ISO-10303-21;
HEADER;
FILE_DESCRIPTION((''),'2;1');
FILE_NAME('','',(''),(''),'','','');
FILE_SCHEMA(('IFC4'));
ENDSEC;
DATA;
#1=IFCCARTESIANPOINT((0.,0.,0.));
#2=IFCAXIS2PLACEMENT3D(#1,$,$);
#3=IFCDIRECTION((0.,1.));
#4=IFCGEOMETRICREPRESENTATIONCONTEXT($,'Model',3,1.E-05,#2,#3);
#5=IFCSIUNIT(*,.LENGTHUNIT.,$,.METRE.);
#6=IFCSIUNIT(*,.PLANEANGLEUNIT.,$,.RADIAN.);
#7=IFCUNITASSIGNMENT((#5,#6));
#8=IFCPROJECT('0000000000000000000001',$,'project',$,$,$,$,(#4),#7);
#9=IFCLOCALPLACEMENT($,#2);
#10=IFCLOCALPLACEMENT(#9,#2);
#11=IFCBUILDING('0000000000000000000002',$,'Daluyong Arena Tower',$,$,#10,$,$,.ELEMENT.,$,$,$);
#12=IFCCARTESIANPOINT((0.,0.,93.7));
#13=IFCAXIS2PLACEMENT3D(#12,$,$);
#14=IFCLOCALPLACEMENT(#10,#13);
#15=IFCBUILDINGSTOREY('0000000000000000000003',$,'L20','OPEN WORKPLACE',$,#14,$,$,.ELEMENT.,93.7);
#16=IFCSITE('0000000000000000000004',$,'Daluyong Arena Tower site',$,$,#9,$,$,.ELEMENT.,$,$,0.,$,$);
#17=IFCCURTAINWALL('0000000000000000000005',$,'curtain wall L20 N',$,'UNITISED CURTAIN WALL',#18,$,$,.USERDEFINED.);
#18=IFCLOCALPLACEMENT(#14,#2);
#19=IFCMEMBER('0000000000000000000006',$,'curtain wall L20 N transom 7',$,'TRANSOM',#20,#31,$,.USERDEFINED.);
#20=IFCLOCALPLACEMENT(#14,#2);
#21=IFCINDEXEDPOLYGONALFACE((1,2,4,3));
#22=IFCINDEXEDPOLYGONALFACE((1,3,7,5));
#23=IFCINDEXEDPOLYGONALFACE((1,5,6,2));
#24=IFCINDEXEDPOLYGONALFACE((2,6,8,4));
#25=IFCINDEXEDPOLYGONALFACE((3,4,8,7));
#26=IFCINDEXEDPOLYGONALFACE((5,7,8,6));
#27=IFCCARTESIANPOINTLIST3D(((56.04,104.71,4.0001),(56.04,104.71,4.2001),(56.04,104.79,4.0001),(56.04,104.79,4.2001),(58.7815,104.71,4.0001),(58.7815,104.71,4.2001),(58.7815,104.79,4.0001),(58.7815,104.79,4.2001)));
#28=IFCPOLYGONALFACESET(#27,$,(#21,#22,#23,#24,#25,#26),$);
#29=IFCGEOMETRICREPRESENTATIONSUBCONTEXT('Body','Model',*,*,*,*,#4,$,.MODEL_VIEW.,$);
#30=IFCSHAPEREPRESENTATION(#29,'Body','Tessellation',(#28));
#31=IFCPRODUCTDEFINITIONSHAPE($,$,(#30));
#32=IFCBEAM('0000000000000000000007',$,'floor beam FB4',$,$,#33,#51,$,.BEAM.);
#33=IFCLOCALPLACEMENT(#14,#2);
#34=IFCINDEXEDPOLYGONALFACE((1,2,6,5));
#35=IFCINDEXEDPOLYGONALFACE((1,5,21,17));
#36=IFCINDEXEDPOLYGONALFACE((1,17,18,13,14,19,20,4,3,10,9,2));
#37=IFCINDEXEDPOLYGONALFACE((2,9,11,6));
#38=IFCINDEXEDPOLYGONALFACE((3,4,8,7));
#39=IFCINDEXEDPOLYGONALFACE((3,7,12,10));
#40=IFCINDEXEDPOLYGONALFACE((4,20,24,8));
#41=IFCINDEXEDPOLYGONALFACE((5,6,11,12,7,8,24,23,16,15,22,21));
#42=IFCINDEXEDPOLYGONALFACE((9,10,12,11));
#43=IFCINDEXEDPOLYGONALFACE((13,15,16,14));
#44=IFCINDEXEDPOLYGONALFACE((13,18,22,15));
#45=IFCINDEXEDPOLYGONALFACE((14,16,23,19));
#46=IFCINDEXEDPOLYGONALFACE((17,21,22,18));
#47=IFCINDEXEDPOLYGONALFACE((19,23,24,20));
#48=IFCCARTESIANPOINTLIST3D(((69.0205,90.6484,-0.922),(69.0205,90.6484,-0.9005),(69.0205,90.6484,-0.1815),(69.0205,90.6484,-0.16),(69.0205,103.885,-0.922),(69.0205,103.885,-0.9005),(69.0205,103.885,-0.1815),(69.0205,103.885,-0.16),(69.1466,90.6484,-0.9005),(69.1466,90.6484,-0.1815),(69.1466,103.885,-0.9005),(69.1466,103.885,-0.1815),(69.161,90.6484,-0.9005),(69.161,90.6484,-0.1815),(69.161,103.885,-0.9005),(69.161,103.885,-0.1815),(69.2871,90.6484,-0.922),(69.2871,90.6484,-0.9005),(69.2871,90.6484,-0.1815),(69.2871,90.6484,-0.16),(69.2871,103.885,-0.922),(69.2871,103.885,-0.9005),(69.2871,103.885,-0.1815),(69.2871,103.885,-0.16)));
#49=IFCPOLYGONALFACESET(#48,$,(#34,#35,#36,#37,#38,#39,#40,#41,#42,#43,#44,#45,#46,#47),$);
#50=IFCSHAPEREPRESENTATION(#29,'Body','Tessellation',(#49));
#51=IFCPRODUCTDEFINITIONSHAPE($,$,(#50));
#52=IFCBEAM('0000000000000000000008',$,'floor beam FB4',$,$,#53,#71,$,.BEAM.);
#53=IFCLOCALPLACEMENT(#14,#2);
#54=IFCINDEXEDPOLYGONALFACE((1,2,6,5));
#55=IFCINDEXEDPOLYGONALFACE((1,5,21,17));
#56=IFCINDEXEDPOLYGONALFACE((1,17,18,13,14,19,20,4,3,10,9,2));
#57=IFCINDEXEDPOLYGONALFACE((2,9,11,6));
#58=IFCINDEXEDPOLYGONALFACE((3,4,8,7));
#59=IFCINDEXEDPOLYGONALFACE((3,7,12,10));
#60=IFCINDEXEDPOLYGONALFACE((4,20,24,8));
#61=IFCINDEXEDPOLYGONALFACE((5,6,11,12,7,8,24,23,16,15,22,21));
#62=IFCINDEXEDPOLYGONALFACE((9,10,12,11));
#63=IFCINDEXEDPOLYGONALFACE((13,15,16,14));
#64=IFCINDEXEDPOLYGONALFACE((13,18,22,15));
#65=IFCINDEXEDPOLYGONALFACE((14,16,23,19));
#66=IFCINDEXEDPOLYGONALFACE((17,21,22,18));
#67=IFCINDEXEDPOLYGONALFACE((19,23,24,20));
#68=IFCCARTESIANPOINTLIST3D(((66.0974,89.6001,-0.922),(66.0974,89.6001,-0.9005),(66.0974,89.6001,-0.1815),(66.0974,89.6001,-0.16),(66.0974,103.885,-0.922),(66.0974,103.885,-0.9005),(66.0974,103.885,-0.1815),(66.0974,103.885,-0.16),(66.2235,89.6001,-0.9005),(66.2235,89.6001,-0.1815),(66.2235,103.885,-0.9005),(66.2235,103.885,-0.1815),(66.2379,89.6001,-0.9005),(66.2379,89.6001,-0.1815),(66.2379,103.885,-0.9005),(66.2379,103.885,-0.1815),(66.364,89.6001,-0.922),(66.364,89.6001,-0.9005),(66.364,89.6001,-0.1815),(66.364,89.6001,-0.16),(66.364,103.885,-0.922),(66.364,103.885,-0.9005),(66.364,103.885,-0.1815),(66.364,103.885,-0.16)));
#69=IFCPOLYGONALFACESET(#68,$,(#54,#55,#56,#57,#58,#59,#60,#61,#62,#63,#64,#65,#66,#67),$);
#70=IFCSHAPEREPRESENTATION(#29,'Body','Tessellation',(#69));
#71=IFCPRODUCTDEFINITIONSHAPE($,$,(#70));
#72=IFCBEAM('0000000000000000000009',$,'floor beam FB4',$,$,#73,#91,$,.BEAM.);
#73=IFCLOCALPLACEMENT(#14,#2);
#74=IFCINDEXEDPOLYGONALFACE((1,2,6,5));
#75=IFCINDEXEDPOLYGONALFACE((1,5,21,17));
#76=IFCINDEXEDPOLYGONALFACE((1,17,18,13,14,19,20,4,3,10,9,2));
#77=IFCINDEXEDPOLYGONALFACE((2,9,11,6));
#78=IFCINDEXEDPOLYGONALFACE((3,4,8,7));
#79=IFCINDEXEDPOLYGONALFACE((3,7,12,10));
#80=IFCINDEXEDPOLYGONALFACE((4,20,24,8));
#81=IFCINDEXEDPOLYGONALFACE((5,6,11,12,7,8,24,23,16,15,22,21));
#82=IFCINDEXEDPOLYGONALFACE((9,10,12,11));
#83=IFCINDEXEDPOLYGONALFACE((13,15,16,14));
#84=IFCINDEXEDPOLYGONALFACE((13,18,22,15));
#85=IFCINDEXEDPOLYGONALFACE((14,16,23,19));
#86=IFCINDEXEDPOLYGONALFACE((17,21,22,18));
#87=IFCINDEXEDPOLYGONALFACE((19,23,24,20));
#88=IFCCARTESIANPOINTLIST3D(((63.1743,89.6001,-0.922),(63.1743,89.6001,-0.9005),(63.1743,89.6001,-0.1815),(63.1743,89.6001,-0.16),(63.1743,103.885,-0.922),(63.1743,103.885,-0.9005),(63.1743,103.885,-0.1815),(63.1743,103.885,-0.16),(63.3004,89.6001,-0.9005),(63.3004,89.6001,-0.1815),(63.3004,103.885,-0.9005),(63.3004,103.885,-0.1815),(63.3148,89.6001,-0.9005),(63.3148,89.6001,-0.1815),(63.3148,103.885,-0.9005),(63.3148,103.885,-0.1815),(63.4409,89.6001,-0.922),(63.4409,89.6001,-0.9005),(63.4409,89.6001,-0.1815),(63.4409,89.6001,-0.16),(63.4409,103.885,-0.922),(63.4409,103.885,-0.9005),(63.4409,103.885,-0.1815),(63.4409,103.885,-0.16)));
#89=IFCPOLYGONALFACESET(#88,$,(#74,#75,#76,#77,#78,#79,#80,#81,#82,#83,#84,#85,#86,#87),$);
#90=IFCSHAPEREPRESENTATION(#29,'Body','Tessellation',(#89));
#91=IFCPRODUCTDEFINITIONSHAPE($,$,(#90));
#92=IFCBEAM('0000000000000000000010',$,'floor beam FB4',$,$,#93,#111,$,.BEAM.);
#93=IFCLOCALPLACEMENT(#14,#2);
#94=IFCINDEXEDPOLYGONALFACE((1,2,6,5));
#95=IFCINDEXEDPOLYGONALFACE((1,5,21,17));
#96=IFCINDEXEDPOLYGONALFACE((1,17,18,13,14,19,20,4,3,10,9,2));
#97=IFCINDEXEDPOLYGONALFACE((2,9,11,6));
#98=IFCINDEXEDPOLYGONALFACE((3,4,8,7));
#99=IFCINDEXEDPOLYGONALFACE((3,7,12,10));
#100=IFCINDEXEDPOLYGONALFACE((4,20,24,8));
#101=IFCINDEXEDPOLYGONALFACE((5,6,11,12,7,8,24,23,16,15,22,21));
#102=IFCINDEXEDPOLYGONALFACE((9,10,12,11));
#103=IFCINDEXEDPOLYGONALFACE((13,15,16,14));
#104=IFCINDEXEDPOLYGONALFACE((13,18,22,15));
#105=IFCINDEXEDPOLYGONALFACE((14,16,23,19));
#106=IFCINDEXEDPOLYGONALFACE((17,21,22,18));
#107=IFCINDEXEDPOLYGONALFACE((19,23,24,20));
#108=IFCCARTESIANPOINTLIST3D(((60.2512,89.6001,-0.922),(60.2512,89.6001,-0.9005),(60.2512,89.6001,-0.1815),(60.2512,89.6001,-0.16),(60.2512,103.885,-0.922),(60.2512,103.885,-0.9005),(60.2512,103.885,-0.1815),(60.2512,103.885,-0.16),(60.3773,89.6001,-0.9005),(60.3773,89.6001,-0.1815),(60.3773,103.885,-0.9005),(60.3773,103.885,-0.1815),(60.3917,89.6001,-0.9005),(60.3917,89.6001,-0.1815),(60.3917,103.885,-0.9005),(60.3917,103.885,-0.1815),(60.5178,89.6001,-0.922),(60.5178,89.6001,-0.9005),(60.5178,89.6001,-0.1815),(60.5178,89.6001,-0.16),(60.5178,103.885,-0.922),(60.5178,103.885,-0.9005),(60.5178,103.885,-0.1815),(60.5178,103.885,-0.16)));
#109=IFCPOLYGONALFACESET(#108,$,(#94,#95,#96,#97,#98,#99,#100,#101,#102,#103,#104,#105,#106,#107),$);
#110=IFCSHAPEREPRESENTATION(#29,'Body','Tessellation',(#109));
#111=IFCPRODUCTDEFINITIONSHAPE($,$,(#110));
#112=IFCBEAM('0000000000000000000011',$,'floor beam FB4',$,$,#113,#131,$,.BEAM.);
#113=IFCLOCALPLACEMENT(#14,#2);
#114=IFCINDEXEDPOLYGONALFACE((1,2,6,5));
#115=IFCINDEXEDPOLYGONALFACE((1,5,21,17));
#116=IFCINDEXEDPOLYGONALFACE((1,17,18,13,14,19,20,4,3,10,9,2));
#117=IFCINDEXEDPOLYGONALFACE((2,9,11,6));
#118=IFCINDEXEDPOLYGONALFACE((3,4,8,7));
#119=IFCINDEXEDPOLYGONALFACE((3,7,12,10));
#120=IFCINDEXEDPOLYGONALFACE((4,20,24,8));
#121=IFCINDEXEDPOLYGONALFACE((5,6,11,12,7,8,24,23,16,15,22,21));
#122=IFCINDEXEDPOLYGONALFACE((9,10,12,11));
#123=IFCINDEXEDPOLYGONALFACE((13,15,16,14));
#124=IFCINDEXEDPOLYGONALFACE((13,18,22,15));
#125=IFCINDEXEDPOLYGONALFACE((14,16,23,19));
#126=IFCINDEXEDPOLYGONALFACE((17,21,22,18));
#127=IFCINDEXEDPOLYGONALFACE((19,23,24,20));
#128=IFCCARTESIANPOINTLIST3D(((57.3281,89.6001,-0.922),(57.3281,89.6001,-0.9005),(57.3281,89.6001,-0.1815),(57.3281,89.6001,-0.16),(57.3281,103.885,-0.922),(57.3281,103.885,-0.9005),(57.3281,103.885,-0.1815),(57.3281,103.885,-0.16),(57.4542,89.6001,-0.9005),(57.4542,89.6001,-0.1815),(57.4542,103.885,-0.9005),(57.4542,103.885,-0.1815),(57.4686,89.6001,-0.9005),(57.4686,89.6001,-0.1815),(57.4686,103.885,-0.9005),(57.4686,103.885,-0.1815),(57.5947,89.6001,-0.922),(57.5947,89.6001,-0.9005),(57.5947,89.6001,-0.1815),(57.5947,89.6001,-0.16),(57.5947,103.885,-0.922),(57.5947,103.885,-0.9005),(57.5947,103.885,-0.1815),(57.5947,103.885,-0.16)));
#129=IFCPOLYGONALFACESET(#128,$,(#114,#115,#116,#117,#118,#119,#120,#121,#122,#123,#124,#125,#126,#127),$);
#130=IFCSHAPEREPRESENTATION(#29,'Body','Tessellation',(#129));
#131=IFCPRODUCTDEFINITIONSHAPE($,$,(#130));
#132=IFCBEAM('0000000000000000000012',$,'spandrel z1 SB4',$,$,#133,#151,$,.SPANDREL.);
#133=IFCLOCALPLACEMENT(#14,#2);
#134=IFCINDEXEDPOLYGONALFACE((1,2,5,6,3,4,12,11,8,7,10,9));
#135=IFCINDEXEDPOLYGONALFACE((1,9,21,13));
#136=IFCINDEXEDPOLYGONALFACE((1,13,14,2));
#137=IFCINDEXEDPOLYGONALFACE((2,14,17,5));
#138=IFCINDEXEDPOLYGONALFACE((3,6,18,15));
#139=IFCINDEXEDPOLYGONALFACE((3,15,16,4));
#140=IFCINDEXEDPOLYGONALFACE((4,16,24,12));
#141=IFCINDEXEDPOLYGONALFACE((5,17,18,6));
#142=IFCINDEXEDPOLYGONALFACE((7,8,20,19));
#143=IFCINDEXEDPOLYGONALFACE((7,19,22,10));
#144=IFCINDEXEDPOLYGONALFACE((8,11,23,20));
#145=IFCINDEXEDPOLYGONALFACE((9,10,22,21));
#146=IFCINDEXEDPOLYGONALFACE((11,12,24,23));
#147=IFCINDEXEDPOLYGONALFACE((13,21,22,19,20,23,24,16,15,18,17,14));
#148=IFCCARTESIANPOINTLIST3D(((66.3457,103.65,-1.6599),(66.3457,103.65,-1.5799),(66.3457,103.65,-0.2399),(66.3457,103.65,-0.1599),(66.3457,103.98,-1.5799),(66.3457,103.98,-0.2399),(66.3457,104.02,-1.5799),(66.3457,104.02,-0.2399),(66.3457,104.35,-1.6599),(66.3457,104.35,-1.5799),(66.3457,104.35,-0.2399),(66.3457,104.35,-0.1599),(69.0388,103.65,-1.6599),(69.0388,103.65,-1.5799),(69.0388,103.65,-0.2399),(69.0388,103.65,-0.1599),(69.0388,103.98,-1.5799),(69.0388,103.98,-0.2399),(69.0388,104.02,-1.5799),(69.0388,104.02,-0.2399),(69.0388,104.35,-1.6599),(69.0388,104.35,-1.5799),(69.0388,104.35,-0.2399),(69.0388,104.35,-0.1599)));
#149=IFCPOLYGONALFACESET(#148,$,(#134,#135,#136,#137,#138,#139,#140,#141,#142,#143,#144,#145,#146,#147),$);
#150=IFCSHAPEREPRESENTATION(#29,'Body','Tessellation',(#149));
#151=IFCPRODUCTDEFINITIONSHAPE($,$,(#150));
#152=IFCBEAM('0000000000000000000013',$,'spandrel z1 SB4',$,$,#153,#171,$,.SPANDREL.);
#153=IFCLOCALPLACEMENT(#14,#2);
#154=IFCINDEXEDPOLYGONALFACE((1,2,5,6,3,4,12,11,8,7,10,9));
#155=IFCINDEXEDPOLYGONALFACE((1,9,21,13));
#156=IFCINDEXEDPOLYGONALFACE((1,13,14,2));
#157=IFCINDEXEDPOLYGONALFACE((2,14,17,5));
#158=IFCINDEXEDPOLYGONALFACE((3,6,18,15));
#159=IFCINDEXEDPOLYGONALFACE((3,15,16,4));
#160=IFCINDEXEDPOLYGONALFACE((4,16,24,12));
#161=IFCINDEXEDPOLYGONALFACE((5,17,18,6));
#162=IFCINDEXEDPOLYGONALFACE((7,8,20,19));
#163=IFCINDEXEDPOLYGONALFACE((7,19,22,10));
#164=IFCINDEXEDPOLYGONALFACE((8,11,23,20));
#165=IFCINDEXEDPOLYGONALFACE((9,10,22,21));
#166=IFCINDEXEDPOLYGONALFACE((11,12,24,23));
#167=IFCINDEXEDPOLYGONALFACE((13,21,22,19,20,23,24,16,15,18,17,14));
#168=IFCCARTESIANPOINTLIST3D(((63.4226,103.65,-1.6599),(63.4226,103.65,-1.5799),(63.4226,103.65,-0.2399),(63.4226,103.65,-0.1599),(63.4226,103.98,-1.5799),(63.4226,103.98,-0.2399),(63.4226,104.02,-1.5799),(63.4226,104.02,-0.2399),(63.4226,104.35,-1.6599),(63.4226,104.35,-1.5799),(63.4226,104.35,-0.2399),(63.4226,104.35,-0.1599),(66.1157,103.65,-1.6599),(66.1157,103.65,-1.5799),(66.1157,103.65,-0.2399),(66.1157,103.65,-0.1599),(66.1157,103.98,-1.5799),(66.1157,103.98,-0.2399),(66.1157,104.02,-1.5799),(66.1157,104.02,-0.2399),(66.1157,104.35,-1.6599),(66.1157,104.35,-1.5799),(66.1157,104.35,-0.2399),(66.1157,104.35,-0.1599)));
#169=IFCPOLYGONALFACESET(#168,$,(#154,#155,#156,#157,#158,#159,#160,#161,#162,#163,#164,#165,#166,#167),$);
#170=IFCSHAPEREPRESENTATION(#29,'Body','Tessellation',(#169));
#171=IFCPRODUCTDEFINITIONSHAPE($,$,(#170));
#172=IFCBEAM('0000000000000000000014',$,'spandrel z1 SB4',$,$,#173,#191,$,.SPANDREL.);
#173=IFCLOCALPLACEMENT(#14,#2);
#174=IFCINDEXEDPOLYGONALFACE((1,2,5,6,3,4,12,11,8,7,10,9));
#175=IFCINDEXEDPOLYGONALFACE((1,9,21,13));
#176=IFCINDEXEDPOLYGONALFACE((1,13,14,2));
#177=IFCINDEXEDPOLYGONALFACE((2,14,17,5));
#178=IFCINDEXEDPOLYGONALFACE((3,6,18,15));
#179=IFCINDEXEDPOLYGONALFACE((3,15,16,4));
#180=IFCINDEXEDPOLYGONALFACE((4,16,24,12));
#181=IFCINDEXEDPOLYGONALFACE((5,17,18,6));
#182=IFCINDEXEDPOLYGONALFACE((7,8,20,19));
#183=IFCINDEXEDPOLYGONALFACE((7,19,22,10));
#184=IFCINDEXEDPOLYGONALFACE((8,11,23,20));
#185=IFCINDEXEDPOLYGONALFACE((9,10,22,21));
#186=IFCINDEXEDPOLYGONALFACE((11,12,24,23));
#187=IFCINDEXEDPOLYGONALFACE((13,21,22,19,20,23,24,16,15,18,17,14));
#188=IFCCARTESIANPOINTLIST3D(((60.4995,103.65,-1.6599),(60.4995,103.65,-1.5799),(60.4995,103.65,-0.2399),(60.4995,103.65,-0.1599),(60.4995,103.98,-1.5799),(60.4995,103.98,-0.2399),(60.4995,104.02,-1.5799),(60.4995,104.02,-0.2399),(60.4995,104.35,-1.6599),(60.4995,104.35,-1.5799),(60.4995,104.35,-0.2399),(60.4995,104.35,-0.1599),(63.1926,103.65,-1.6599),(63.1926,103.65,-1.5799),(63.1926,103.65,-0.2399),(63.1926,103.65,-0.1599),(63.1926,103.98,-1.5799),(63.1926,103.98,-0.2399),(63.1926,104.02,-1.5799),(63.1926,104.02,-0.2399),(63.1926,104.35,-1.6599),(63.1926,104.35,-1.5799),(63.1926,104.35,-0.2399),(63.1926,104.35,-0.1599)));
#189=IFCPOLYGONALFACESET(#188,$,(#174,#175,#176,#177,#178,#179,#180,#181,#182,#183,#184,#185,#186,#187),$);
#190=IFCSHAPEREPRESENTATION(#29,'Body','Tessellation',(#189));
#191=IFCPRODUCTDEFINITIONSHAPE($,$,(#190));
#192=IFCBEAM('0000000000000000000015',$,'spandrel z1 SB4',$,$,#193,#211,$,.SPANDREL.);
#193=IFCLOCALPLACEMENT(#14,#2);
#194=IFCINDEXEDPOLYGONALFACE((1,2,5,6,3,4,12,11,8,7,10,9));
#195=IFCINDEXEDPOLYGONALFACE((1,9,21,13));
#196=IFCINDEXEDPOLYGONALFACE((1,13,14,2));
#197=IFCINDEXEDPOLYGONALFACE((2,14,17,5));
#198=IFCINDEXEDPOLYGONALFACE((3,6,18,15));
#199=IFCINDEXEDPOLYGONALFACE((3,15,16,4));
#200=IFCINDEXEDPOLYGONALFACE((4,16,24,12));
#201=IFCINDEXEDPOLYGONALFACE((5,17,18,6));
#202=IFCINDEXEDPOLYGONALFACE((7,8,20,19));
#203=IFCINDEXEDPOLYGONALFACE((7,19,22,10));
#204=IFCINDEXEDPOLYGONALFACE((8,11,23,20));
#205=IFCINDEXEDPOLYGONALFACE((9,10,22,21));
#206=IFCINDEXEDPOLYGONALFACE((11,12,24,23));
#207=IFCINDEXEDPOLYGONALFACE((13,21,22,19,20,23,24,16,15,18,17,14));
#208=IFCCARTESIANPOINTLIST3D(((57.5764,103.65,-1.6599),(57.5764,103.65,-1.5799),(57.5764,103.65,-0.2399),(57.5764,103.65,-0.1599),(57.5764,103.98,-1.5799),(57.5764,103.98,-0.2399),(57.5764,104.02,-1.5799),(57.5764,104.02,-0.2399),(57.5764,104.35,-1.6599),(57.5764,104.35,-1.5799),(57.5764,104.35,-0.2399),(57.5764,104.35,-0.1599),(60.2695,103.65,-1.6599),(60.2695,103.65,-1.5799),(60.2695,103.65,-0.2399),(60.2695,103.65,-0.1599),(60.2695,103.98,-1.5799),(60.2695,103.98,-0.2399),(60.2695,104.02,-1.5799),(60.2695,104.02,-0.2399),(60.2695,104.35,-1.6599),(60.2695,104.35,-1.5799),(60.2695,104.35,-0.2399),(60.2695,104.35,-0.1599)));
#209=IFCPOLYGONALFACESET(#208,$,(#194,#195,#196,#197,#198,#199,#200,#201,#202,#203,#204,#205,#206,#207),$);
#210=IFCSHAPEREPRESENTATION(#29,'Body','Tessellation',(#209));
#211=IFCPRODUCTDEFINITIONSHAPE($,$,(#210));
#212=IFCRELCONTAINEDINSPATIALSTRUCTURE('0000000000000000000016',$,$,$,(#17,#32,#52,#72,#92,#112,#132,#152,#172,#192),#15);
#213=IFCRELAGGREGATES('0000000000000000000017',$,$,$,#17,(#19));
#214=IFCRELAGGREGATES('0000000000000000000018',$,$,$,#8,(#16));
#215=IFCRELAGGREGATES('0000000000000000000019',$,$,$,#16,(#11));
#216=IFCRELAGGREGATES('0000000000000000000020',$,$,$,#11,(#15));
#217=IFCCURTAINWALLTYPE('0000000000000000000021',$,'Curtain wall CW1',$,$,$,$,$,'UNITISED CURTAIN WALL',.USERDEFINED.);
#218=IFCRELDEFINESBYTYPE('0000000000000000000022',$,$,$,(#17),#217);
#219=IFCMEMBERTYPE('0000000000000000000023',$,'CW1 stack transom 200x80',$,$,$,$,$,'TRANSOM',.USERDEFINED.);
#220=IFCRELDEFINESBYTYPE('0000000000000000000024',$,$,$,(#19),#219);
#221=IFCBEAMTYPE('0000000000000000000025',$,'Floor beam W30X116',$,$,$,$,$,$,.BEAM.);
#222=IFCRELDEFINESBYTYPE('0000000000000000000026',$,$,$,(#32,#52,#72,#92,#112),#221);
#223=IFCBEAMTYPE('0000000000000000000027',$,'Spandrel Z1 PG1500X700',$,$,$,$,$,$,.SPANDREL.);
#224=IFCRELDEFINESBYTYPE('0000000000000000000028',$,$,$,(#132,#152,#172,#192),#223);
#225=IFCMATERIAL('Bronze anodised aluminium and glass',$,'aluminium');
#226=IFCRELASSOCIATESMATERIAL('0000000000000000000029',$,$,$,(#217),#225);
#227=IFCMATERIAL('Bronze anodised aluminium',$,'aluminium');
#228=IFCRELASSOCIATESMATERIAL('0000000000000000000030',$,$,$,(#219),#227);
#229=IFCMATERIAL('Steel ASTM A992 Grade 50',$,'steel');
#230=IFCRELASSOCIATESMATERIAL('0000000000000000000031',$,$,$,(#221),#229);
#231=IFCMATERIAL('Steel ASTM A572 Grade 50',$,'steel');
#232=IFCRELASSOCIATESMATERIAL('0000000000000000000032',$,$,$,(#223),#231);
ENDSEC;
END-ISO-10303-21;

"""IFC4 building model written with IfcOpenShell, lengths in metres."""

from ifc_helpers import new_model, si_unit, direction, frame, origin, origin_2d, place, context, subcontext, project, spatial, rectangle, i_section, extrude, material, material_profile, profile_set, type_object, element, aggregate, save


model = new_model("IFC4")

# Units and contexts
model_context = context("Model", 3, precision=1e-05, world=origin(), true_north=direction((0.0, 1.0)))
body_context = subcontext(model_context, "Body", "Model", "MODEL_VIEW")
ifc_project = project(units=[si_unit("LENGTHUNIT", "METRE"), si_unit("PLANEANGLEUNIT", "RADIAN")], contexts=[model_context])

# Site, building, storey
site_placement = place(None, origin())
site = spatial("IfcSite", under=ifc_project, at=site_placement, Name="Daluyong Arena Tower site", CompositionType="ELEMENT", RefElevation=0.0)
building_placement = place(site_placement, origin())
building = spatial("IfcBuilding", under=site, at=building_placement, Name="Daluyong Arena Tower", CompositionType="ELEMENT")
storey_placement = place(building_placement, frame((0.0, 0.0, 93.7)))
storey = spatial("IfcBuildingStorey", under=building, at=storey_placement, Name="L20", Description="OPEN WORKPLACE", CompositionType="ELEMENT", Elevation=93.7)

# Curtain wall, member
ifc_material_1 = material(Name="Bronze anodised aluminium and glass", Category="aluminium")
curtain_wall_type = type_object("IfcCurtainWallType", Name="Curtain wall CW1", ElementType="UNITISED CURTAIN WALL", PredefinedType="USERDEFINED", material=ifc_material_1)
curtain_wall_placement = place(storey_placement, origin())
curtain_wall = element("IfcCurtainWall", 1, at=curtain_wall_placement, inside=storey, type_object=curtain_wall_type, Name="curtain wall L20 N", ObjectType="UNITISED CURTAIN WALL", PredefinedType="USERDEFINED")
ifc_material_2 = material(Name="Bronze anodised aluminium", Category="aluminium")
ifc_material_profile_1 = material_profile(ifc_material_2, rectangle(XDim=0.0801, YDim=0.2, at=origin_2d()))
ifc_profile_set_1 = profile_set([ifc_material_profile_1], Name="Bronze anodised aluminium")
member_type_1 = type_object("IfcMemberType", Name="CW1 stack transom 200x80", ElementType="TRANSOM", PredefinedType="USERDEFINED", material=ifc_profile_set_1)
member_1_placement = place(storey_placement, frame((58.7815, 104.75, 4.1001), z_axis=(-1.0, 0.0, 0.0), x_axis=(0.0, -1.0, 0.0)))
member_1 = element("IfcMember", 2, at=member_1_placement, type_object=member_type_1, Name="curtain wall L20 N transom 7", ObjectType="TRANSOM", PredefinedType="USERDEFINED", context=body_context, shape_type="SweptSolid", body=[
    extrude(rectangle(XDim=0.0801, YDim=0.2, at=origin_2d()), origin(), (0.0, 0.0, 1.0), 2.7415),
])

# Beams
ifc_material_3 = material(Name="Steel ASTM A992 Grade 50", Category="steel")
ifc_material_profile_2 = material_profile(ifc_material_3, i_section(OverallWidth=0.2666, OverallDepth=0.762, WebThickness=0.0144, FlangeThickness=0.0215, at=origin_2d()))
ifc_profile_set_2 = profile_set([ifc_material_profile_2], Name="Steel ASTM A992 Grade 50")
beam_type_1 = type_object("IfcBeamType", Name="Floor beam W30X116", PredefinedType="BEAM", material=ifc_profile_set_2)
beam_1_placement = place(storey_placement, frame((69.1538, 103.885, -0.541), z_axis=(0.0, -1.0, 0.0), x_axis=(1.0, 0.0, 0.0)))
element("IfcBeam", 3, at=beam_1_placement, inside=storey, type_object=beam_type_1, Name="floor beam FB4", PredefinedType="BEAM", context=body_context, shape_type="SweptSolid", body=[
    extrude(i_section(OverallWidth=0.2666, OverallDepth=0.762, WebThickness=0.0144, FlangeThickness=0.0215, at=origin_2d()), origin(), (0.0, 0.0, 1.0), 13.2366),
])
for number, where, z_axis, x_axis, name in (
    (4, (66.2307, 103.885, -0.541), (0.0, -1.0, 0.0), (1.0, 0.0, 0.0), "floor beam FB4"),
    (5, (63.3076, 103.885, -0.541), (0.0, -1.0, 0.0), (1.0, 0.0, 0.0), "floor beam FB4"),
    (6, (60.3845, 103.885, -0.541), (0.0, -1.0, 0.0), (1.0, 0.0, 0.0), "floor beam FB4"),
    (7, (57.4614, 103.885, -0.541), (0.0, -1.0, 0.0), (1.0, 0.0, 0.0), "floor beam FB4"),
):
    element("IfcBeam", number, at=place(storey_placement, frame(where, z_axis=z_axis, x_axis=x_axis)), inside=storey, type_object=beam_type_1, Name=name, PredefinedType="BEAM", context=body_context, shape_type="SweptSolid", body=[
        extrude(i_section(OverallWidth=0.2666, OverallDepth=0.762, WebThickness=0.0144, FlangeThickness=0.0215, at=origin_2d()), origin(), (0.0, 0.0, 1.0), 14.2849),
    ])
ifc_material_4 = material(Name="Steel ASTM A572 Grade 50", Category="steel")
ifc_material_profile_3 = material_profile(ifc_material_4, i_section(OverallWidth=0.7, OverallDepth=1.5, WebThickness=0.04, FlangeThickness=0.08, at=origin_2d()))
ifc_profile_set_3 = profile_set([ifc_material_profile_3], Name="Steel ASTM A572 Grade 50")
beam_type_2 = type_object("IfcBeamType", Name="Spandrel Z1 PG1500X700", PredefinedType="SPANDREL", material=ifc_profile_set_3)
for number, where, z_axis, x_axis, name in (
    (8, (69.0388, 104.0, -0.9099), (-1.0, 0.0, 0.0), (0.0, -1.0, 0.0), "spandrel z1 SB4"),
    (9, (66.1157, 104.0, -0.9099), (-1.0, 0.0, 0.0), (0.0, -1.0, 0.0), "spandrel z1 SB4"),
    (10, (63.1926, 104.0, -0.9099), (-1.0, 0.0, 0.0), (0.0, -1.0, 0.0), "spandrel z1 SB4"),
    (11, (60.2695, 104.0, -0.9099), (-1.0, 0.0, 0.0), (0.0, -1.0, 0.0), "spandrel z1 SB4"),
):
    element("IfcBeam", number, at=place(storey_placement, frame(where, z_axis=z_axis, x_axis=x_axis)), inside=storey, type_object=beam_type_2, Name=name, PredefinedType="SPANDREL", context=body_context, shape_type="SweptSolid", body=[
        extrude(i_section(OverallWidth=0.7, OverallDepth=1.5, WebThickness=0.04, FlangeThickness=0.08, at=origin_2d()), origin(), (0.0, 0.0, 1.0), 2.6931),
    ])

aggregate(curtain_wall, [member_1])

save(model, "model.ifc")
